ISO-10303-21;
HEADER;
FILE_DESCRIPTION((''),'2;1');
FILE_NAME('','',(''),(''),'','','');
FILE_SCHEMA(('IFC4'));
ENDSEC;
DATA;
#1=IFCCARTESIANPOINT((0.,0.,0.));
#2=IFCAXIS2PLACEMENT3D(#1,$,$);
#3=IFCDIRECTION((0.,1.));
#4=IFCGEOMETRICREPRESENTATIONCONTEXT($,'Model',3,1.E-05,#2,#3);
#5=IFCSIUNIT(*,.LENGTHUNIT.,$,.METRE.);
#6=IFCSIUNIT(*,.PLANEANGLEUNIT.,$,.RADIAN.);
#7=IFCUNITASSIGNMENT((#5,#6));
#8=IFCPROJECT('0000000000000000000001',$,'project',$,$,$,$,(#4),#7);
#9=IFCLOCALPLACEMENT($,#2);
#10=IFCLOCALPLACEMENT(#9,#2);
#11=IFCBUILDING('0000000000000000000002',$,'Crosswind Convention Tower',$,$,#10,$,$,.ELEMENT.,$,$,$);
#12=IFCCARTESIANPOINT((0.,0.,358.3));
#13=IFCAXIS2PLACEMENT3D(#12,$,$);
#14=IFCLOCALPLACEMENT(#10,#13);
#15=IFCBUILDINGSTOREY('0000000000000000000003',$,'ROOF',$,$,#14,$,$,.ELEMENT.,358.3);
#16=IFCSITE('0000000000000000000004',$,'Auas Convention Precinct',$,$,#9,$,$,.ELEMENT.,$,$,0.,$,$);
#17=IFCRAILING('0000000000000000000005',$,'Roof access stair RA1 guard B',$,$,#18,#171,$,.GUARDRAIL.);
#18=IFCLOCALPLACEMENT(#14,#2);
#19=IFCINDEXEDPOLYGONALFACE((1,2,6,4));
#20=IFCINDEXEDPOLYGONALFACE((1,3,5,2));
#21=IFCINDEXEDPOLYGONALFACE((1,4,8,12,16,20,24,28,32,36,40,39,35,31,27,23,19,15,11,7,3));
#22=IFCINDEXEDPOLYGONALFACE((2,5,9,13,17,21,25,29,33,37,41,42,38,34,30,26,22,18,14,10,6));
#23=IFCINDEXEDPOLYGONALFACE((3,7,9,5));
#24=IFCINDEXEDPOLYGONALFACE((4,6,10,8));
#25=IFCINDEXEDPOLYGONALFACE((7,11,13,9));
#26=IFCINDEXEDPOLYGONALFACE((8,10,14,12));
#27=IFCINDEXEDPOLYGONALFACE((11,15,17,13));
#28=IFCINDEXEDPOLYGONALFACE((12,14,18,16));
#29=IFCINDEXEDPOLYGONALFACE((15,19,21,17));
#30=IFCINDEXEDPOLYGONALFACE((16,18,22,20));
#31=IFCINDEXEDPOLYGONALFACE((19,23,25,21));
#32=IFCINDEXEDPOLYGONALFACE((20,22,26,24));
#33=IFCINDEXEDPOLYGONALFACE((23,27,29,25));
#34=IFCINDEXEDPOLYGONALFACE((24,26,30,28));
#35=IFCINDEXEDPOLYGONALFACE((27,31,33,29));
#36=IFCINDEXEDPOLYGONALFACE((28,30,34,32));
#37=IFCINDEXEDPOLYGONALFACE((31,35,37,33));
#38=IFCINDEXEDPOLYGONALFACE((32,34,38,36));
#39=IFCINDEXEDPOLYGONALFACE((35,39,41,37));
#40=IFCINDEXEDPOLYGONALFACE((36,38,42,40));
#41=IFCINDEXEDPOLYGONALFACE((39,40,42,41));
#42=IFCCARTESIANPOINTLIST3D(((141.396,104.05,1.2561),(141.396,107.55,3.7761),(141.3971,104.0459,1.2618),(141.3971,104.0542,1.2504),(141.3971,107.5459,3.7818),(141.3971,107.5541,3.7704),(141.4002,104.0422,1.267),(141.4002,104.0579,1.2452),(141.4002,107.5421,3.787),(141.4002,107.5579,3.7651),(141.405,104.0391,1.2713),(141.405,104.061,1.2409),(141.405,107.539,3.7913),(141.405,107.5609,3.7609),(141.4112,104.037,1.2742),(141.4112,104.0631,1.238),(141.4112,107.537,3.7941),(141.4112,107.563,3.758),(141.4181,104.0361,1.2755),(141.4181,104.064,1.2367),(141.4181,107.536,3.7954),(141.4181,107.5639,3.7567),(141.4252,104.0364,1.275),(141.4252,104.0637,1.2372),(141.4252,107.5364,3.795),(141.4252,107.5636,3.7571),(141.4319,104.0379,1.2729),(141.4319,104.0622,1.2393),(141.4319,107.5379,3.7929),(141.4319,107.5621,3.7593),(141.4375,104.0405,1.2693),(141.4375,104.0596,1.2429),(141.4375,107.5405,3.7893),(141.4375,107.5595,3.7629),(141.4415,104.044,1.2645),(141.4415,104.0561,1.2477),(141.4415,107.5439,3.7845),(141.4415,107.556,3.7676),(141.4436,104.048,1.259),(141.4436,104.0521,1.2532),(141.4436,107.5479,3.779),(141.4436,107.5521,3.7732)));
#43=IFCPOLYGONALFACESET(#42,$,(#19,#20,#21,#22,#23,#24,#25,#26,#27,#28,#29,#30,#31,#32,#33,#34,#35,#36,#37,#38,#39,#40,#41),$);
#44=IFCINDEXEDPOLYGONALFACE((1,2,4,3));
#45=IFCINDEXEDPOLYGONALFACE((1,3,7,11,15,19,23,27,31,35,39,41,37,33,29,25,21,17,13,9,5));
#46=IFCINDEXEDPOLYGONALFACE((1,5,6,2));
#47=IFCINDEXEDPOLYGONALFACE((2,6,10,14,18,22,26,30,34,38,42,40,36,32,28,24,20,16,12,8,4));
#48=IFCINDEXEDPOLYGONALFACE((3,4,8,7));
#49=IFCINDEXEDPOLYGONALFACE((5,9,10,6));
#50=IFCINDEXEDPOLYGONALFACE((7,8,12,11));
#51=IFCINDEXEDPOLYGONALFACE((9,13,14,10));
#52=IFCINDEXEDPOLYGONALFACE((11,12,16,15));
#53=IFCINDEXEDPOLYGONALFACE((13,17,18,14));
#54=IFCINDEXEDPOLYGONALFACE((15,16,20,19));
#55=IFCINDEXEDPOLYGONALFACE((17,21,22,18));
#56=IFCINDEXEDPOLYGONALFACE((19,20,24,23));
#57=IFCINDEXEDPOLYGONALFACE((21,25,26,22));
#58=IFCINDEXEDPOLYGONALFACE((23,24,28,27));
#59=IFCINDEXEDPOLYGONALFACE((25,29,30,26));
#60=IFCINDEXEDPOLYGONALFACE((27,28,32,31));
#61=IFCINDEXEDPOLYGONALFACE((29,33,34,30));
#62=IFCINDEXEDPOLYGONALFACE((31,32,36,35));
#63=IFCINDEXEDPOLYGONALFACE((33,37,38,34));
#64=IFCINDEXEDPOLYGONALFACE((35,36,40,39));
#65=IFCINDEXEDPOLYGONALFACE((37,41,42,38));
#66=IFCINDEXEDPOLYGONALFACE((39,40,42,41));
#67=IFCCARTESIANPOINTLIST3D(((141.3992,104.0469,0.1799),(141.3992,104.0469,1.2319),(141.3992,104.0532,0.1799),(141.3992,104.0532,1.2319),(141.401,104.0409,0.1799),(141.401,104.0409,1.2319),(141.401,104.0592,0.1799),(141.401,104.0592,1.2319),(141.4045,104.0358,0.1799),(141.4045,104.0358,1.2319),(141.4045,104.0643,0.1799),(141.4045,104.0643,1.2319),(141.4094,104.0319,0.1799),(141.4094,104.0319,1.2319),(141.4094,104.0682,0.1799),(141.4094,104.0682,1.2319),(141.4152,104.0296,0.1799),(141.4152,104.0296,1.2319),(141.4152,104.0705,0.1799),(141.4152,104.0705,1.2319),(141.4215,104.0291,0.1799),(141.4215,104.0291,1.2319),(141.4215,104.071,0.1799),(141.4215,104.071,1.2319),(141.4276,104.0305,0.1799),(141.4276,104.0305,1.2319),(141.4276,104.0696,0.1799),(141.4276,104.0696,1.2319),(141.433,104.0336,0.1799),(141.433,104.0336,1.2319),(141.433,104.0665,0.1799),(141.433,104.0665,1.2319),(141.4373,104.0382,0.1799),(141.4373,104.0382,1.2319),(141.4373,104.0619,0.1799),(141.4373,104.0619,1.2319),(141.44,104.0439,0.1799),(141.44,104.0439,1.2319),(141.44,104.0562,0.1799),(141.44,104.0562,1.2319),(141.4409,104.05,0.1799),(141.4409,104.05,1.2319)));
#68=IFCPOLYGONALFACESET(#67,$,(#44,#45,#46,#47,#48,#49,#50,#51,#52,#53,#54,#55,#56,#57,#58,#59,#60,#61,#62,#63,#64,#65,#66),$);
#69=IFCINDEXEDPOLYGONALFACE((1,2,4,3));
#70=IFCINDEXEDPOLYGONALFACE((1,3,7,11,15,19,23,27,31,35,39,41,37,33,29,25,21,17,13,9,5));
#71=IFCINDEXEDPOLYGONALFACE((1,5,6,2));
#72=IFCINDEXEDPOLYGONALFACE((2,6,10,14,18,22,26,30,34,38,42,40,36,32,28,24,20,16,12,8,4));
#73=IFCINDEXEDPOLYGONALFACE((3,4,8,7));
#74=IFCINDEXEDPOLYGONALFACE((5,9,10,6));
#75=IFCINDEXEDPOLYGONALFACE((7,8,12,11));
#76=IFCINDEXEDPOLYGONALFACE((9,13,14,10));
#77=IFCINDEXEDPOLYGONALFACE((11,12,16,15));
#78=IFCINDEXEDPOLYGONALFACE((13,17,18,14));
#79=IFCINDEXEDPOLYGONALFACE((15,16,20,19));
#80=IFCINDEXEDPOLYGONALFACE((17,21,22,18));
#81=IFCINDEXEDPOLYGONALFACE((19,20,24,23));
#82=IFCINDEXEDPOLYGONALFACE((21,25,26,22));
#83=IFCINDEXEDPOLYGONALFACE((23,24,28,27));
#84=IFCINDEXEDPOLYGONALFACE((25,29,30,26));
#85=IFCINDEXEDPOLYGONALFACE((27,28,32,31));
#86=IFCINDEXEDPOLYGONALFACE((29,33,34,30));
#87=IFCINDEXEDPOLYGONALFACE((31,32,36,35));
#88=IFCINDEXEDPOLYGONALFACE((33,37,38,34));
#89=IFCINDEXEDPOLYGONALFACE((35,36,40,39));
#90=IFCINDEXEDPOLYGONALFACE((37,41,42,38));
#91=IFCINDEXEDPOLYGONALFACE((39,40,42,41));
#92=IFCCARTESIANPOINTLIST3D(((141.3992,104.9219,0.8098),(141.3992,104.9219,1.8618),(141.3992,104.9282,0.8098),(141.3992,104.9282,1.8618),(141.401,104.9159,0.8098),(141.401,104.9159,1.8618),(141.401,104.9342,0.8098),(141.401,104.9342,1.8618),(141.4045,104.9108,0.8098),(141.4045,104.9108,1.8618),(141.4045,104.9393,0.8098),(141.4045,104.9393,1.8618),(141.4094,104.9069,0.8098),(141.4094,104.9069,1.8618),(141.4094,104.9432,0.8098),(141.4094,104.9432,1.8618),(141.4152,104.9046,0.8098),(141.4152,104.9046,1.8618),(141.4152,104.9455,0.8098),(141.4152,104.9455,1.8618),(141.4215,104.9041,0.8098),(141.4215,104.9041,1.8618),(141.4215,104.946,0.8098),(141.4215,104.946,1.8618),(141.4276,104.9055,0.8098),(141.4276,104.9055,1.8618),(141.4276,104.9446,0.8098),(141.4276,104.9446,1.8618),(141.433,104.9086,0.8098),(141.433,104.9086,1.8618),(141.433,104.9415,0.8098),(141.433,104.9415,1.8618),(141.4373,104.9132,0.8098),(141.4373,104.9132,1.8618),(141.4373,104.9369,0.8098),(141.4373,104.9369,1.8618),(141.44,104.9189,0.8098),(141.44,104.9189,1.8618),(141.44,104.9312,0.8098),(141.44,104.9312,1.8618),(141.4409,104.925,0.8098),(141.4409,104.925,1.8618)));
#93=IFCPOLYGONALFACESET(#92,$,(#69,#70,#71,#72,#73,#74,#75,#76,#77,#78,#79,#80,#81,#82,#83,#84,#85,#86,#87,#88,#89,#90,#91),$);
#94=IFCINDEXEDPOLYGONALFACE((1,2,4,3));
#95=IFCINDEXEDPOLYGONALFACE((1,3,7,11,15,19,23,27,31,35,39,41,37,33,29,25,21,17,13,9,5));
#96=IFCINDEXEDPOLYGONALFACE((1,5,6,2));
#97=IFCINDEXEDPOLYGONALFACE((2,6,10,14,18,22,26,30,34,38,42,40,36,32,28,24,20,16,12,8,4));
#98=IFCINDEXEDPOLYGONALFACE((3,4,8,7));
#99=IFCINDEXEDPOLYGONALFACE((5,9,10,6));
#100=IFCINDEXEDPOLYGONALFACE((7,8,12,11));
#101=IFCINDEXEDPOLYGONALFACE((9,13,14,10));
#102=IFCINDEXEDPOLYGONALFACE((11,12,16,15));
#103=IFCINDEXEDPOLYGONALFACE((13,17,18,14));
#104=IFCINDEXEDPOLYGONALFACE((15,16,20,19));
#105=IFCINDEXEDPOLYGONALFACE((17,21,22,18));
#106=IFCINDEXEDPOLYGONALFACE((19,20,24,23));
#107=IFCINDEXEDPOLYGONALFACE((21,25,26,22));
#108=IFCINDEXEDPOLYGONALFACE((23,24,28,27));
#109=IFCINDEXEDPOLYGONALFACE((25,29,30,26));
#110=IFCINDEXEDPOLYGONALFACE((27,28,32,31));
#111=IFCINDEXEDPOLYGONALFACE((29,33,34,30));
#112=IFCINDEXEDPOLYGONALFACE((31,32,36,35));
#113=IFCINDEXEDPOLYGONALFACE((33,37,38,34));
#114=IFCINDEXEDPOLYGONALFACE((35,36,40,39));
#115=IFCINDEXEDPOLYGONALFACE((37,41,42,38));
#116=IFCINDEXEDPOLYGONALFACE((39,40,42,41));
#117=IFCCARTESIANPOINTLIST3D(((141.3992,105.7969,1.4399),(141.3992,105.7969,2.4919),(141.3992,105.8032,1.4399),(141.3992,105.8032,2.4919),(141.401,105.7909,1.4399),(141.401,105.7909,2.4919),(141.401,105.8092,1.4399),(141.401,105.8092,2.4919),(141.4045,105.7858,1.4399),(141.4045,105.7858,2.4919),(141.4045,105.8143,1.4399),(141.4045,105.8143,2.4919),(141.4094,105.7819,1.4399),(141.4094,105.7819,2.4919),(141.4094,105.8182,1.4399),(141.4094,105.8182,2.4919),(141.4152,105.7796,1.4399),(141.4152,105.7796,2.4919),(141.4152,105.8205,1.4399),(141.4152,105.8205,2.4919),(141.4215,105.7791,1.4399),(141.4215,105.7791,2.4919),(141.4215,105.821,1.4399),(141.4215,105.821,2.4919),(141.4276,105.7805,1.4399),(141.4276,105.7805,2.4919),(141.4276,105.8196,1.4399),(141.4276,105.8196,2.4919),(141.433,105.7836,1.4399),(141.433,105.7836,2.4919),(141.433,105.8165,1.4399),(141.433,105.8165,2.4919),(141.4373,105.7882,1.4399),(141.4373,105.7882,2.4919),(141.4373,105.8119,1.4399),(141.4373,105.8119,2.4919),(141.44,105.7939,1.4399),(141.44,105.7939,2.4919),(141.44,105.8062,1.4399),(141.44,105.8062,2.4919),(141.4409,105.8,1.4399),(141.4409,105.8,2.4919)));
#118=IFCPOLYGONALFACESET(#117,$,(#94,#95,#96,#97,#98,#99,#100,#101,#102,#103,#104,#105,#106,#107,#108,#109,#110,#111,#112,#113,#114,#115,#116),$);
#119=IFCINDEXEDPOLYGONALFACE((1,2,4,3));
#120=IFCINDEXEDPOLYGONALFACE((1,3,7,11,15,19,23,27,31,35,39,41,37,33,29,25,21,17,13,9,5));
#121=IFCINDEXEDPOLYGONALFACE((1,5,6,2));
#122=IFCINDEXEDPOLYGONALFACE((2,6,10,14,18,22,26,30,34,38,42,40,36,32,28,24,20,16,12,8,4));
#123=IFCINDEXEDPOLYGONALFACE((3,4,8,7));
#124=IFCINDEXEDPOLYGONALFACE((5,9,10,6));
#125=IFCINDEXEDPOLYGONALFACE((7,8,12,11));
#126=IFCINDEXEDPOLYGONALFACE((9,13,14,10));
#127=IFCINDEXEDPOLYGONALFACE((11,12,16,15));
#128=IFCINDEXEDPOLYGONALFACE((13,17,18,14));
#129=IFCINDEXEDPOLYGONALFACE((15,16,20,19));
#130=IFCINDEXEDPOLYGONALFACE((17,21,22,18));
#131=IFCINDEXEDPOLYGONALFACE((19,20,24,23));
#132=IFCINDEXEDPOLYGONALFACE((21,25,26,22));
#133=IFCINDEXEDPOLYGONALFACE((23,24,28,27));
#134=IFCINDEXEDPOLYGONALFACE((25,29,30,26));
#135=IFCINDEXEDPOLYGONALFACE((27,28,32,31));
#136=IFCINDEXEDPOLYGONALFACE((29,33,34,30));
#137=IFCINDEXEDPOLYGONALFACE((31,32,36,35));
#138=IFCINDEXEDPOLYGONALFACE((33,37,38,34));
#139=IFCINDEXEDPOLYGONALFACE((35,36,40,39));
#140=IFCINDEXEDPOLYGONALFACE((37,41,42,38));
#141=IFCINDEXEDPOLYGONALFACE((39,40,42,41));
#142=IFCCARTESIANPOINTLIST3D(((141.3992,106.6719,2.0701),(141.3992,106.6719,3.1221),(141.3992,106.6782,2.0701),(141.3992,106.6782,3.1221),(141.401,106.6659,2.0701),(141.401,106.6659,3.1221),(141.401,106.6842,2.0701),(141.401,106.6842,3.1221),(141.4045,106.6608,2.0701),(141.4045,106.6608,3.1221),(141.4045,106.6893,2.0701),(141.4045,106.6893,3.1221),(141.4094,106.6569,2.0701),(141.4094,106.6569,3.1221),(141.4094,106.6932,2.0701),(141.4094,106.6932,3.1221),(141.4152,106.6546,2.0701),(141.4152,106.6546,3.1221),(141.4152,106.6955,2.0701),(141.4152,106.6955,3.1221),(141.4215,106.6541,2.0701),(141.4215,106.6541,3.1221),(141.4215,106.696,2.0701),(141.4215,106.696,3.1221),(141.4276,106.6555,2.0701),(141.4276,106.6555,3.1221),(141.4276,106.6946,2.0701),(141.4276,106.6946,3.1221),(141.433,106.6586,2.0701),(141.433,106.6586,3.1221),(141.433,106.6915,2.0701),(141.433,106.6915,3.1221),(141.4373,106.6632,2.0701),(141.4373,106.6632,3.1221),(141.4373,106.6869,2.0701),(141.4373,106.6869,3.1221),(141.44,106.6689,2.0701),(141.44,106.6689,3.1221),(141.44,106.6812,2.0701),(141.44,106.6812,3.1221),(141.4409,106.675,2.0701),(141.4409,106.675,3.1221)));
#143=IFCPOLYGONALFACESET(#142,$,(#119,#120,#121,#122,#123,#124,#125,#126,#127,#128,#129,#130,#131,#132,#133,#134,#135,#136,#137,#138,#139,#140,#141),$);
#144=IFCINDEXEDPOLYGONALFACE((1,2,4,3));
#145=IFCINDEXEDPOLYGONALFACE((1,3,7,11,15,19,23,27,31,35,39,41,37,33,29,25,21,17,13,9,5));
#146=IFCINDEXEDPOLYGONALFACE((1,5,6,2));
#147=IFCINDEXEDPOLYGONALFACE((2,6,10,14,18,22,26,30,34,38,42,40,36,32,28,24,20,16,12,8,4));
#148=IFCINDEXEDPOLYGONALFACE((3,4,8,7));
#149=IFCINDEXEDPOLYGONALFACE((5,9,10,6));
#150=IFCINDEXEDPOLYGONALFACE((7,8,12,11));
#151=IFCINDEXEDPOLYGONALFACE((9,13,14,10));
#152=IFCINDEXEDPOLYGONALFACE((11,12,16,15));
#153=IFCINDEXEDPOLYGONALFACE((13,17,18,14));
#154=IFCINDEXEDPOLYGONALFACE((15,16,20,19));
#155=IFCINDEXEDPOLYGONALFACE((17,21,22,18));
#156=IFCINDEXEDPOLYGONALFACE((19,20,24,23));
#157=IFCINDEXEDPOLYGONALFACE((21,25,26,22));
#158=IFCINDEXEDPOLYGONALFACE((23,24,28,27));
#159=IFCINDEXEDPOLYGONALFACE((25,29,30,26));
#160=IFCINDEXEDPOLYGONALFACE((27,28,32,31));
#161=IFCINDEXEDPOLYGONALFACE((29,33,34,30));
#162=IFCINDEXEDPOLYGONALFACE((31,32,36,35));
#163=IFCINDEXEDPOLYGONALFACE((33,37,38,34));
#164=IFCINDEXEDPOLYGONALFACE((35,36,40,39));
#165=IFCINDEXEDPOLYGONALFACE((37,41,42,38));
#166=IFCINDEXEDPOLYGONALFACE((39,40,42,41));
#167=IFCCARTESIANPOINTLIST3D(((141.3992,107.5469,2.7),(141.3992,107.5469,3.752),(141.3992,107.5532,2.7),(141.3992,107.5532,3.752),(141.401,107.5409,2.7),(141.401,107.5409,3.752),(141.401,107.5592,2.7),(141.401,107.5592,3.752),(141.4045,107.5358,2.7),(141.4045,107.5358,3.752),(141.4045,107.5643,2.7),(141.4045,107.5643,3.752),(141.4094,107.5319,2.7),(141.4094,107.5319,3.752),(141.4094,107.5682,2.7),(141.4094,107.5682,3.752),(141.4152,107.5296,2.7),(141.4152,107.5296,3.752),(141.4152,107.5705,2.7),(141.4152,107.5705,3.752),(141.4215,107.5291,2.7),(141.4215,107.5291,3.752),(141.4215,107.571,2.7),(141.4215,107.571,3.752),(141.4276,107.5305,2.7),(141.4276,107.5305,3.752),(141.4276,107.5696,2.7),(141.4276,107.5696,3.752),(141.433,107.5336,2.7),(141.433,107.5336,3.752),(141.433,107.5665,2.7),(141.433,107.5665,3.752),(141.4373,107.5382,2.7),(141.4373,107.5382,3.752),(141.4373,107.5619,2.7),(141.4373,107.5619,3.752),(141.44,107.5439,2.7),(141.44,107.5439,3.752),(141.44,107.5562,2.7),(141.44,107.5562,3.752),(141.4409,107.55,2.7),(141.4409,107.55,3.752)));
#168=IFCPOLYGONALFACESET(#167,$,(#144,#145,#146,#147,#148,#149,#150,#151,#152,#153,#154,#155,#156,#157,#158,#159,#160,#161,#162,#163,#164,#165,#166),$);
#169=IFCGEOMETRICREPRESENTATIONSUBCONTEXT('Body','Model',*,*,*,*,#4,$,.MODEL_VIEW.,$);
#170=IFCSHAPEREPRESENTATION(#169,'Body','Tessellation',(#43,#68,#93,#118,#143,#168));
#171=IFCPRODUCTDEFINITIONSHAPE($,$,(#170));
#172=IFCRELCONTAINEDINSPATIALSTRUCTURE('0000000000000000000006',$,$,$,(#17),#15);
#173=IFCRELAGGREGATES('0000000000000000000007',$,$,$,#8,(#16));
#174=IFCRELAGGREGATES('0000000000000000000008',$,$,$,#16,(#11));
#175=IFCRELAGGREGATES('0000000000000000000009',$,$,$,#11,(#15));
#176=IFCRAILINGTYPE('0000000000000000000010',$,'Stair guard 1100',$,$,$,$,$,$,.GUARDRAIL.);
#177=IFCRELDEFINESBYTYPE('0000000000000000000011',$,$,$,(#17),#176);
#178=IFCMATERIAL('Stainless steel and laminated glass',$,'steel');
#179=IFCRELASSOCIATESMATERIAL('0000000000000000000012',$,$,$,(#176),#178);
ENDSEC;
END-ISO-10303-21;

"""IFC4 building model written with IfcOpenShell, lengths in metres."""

from ifc_helpers import new_model, si_unit, direction, frame, origin, origin_2d, place, context, subcontext, project, spatial, circle, extrude, material, type_object, element, save


model = new_model("IFC4")

# Units and contexts
model_context = context("Model", 3, precision=1e-05, world=origin(), true_north=direction((0.0, 1.0)))
body_context = subcontext(model_context, "Body", "Model", "MODEL_VIEW")
ifc_project = project(units=[si_unit("LENGTHUNIT", "METRE"), si_unit("PLANEANGLEUNIT", "RADIAN")], contexts=[model_context])

# Site, building, storey
site_placement = place(None, origin())
site = spatial("IfcSite", under=ifc_project, at=site_placement, Name="Auas Convention Precinct", CompositionType="ELEMENT", RefElevation=0.0)
building_placement = place(site_placement, origin())
building = spatial("IfcBuilding", under=site, at=building_placement, Name="Crosswind Convention Tower", CompositionType="ELEMENT")
storey_placement = place(building_placement, frame((0.0, 0.0, 358.3)))
storey = spatial("IfcBuildingStorey", under=building, at=storey_placement, Name="ROOF", CompositionType="ELEMENT", Elevation=358.3)

# Railing
ifc_material_1 = material(Name="Stainless steel and laminated glass", Category="steel")
railing_type_1 = type_object("IfcRailingType", Name="Stair guard 1100", PredefinedType="GUARDRAIL", material=ifc_material_1)
for number, where, name in (
    (1, (141.4199, 104.05, 0.1799), "Roof access stair RA1 guard B"),
):
    element("IfcRailing", number, at=place(storey_placement, frame(where)), inside=storey, type_object=railing_type_1, Name=name, PredefinedType="GUARDRAIL", context=body_context, shape_type="SweptSolid", body=[
        extrude(circle(Radius=0.0239, at=origin_2d()), frame((0.0, 0.0, 1.0762), z_axis=(0.0, 0.811532, 0.584308), x_axis=(-1.0, 0.0, 0.0)), (0.0, 0.0, 1.0), 4.3127),
        extrude(circle(Radius=0.021, at=origin_2d()), origin(), (0.0, 0.0, 1.0), 1.052),
        extrude(circle(Radius=0.021, at=origin_2d()), frame((0.0, 0.875, 0.6299)), (0.0, 0.0, 1.0), 1.052),
        extrude(circle(Radius=0.021, at=origin_2d()), frame((0.0, 1.75, 1.26)), (0.0, 0.0, 1.0), 1.052),
        extrude(circle(Radius=0.021, at=origin_2d()), frame((0.0, 2.625, 1.8901)), (0.0, 0.0, 1.0), 1.052),
        extrude(circle(Radius=0.021, at=origin_2d()), frame((0.0, 3.5, 2.52)), (0.0, 0.0, 1.0), 1.052),
    ])

save(model, "model.ifc")
